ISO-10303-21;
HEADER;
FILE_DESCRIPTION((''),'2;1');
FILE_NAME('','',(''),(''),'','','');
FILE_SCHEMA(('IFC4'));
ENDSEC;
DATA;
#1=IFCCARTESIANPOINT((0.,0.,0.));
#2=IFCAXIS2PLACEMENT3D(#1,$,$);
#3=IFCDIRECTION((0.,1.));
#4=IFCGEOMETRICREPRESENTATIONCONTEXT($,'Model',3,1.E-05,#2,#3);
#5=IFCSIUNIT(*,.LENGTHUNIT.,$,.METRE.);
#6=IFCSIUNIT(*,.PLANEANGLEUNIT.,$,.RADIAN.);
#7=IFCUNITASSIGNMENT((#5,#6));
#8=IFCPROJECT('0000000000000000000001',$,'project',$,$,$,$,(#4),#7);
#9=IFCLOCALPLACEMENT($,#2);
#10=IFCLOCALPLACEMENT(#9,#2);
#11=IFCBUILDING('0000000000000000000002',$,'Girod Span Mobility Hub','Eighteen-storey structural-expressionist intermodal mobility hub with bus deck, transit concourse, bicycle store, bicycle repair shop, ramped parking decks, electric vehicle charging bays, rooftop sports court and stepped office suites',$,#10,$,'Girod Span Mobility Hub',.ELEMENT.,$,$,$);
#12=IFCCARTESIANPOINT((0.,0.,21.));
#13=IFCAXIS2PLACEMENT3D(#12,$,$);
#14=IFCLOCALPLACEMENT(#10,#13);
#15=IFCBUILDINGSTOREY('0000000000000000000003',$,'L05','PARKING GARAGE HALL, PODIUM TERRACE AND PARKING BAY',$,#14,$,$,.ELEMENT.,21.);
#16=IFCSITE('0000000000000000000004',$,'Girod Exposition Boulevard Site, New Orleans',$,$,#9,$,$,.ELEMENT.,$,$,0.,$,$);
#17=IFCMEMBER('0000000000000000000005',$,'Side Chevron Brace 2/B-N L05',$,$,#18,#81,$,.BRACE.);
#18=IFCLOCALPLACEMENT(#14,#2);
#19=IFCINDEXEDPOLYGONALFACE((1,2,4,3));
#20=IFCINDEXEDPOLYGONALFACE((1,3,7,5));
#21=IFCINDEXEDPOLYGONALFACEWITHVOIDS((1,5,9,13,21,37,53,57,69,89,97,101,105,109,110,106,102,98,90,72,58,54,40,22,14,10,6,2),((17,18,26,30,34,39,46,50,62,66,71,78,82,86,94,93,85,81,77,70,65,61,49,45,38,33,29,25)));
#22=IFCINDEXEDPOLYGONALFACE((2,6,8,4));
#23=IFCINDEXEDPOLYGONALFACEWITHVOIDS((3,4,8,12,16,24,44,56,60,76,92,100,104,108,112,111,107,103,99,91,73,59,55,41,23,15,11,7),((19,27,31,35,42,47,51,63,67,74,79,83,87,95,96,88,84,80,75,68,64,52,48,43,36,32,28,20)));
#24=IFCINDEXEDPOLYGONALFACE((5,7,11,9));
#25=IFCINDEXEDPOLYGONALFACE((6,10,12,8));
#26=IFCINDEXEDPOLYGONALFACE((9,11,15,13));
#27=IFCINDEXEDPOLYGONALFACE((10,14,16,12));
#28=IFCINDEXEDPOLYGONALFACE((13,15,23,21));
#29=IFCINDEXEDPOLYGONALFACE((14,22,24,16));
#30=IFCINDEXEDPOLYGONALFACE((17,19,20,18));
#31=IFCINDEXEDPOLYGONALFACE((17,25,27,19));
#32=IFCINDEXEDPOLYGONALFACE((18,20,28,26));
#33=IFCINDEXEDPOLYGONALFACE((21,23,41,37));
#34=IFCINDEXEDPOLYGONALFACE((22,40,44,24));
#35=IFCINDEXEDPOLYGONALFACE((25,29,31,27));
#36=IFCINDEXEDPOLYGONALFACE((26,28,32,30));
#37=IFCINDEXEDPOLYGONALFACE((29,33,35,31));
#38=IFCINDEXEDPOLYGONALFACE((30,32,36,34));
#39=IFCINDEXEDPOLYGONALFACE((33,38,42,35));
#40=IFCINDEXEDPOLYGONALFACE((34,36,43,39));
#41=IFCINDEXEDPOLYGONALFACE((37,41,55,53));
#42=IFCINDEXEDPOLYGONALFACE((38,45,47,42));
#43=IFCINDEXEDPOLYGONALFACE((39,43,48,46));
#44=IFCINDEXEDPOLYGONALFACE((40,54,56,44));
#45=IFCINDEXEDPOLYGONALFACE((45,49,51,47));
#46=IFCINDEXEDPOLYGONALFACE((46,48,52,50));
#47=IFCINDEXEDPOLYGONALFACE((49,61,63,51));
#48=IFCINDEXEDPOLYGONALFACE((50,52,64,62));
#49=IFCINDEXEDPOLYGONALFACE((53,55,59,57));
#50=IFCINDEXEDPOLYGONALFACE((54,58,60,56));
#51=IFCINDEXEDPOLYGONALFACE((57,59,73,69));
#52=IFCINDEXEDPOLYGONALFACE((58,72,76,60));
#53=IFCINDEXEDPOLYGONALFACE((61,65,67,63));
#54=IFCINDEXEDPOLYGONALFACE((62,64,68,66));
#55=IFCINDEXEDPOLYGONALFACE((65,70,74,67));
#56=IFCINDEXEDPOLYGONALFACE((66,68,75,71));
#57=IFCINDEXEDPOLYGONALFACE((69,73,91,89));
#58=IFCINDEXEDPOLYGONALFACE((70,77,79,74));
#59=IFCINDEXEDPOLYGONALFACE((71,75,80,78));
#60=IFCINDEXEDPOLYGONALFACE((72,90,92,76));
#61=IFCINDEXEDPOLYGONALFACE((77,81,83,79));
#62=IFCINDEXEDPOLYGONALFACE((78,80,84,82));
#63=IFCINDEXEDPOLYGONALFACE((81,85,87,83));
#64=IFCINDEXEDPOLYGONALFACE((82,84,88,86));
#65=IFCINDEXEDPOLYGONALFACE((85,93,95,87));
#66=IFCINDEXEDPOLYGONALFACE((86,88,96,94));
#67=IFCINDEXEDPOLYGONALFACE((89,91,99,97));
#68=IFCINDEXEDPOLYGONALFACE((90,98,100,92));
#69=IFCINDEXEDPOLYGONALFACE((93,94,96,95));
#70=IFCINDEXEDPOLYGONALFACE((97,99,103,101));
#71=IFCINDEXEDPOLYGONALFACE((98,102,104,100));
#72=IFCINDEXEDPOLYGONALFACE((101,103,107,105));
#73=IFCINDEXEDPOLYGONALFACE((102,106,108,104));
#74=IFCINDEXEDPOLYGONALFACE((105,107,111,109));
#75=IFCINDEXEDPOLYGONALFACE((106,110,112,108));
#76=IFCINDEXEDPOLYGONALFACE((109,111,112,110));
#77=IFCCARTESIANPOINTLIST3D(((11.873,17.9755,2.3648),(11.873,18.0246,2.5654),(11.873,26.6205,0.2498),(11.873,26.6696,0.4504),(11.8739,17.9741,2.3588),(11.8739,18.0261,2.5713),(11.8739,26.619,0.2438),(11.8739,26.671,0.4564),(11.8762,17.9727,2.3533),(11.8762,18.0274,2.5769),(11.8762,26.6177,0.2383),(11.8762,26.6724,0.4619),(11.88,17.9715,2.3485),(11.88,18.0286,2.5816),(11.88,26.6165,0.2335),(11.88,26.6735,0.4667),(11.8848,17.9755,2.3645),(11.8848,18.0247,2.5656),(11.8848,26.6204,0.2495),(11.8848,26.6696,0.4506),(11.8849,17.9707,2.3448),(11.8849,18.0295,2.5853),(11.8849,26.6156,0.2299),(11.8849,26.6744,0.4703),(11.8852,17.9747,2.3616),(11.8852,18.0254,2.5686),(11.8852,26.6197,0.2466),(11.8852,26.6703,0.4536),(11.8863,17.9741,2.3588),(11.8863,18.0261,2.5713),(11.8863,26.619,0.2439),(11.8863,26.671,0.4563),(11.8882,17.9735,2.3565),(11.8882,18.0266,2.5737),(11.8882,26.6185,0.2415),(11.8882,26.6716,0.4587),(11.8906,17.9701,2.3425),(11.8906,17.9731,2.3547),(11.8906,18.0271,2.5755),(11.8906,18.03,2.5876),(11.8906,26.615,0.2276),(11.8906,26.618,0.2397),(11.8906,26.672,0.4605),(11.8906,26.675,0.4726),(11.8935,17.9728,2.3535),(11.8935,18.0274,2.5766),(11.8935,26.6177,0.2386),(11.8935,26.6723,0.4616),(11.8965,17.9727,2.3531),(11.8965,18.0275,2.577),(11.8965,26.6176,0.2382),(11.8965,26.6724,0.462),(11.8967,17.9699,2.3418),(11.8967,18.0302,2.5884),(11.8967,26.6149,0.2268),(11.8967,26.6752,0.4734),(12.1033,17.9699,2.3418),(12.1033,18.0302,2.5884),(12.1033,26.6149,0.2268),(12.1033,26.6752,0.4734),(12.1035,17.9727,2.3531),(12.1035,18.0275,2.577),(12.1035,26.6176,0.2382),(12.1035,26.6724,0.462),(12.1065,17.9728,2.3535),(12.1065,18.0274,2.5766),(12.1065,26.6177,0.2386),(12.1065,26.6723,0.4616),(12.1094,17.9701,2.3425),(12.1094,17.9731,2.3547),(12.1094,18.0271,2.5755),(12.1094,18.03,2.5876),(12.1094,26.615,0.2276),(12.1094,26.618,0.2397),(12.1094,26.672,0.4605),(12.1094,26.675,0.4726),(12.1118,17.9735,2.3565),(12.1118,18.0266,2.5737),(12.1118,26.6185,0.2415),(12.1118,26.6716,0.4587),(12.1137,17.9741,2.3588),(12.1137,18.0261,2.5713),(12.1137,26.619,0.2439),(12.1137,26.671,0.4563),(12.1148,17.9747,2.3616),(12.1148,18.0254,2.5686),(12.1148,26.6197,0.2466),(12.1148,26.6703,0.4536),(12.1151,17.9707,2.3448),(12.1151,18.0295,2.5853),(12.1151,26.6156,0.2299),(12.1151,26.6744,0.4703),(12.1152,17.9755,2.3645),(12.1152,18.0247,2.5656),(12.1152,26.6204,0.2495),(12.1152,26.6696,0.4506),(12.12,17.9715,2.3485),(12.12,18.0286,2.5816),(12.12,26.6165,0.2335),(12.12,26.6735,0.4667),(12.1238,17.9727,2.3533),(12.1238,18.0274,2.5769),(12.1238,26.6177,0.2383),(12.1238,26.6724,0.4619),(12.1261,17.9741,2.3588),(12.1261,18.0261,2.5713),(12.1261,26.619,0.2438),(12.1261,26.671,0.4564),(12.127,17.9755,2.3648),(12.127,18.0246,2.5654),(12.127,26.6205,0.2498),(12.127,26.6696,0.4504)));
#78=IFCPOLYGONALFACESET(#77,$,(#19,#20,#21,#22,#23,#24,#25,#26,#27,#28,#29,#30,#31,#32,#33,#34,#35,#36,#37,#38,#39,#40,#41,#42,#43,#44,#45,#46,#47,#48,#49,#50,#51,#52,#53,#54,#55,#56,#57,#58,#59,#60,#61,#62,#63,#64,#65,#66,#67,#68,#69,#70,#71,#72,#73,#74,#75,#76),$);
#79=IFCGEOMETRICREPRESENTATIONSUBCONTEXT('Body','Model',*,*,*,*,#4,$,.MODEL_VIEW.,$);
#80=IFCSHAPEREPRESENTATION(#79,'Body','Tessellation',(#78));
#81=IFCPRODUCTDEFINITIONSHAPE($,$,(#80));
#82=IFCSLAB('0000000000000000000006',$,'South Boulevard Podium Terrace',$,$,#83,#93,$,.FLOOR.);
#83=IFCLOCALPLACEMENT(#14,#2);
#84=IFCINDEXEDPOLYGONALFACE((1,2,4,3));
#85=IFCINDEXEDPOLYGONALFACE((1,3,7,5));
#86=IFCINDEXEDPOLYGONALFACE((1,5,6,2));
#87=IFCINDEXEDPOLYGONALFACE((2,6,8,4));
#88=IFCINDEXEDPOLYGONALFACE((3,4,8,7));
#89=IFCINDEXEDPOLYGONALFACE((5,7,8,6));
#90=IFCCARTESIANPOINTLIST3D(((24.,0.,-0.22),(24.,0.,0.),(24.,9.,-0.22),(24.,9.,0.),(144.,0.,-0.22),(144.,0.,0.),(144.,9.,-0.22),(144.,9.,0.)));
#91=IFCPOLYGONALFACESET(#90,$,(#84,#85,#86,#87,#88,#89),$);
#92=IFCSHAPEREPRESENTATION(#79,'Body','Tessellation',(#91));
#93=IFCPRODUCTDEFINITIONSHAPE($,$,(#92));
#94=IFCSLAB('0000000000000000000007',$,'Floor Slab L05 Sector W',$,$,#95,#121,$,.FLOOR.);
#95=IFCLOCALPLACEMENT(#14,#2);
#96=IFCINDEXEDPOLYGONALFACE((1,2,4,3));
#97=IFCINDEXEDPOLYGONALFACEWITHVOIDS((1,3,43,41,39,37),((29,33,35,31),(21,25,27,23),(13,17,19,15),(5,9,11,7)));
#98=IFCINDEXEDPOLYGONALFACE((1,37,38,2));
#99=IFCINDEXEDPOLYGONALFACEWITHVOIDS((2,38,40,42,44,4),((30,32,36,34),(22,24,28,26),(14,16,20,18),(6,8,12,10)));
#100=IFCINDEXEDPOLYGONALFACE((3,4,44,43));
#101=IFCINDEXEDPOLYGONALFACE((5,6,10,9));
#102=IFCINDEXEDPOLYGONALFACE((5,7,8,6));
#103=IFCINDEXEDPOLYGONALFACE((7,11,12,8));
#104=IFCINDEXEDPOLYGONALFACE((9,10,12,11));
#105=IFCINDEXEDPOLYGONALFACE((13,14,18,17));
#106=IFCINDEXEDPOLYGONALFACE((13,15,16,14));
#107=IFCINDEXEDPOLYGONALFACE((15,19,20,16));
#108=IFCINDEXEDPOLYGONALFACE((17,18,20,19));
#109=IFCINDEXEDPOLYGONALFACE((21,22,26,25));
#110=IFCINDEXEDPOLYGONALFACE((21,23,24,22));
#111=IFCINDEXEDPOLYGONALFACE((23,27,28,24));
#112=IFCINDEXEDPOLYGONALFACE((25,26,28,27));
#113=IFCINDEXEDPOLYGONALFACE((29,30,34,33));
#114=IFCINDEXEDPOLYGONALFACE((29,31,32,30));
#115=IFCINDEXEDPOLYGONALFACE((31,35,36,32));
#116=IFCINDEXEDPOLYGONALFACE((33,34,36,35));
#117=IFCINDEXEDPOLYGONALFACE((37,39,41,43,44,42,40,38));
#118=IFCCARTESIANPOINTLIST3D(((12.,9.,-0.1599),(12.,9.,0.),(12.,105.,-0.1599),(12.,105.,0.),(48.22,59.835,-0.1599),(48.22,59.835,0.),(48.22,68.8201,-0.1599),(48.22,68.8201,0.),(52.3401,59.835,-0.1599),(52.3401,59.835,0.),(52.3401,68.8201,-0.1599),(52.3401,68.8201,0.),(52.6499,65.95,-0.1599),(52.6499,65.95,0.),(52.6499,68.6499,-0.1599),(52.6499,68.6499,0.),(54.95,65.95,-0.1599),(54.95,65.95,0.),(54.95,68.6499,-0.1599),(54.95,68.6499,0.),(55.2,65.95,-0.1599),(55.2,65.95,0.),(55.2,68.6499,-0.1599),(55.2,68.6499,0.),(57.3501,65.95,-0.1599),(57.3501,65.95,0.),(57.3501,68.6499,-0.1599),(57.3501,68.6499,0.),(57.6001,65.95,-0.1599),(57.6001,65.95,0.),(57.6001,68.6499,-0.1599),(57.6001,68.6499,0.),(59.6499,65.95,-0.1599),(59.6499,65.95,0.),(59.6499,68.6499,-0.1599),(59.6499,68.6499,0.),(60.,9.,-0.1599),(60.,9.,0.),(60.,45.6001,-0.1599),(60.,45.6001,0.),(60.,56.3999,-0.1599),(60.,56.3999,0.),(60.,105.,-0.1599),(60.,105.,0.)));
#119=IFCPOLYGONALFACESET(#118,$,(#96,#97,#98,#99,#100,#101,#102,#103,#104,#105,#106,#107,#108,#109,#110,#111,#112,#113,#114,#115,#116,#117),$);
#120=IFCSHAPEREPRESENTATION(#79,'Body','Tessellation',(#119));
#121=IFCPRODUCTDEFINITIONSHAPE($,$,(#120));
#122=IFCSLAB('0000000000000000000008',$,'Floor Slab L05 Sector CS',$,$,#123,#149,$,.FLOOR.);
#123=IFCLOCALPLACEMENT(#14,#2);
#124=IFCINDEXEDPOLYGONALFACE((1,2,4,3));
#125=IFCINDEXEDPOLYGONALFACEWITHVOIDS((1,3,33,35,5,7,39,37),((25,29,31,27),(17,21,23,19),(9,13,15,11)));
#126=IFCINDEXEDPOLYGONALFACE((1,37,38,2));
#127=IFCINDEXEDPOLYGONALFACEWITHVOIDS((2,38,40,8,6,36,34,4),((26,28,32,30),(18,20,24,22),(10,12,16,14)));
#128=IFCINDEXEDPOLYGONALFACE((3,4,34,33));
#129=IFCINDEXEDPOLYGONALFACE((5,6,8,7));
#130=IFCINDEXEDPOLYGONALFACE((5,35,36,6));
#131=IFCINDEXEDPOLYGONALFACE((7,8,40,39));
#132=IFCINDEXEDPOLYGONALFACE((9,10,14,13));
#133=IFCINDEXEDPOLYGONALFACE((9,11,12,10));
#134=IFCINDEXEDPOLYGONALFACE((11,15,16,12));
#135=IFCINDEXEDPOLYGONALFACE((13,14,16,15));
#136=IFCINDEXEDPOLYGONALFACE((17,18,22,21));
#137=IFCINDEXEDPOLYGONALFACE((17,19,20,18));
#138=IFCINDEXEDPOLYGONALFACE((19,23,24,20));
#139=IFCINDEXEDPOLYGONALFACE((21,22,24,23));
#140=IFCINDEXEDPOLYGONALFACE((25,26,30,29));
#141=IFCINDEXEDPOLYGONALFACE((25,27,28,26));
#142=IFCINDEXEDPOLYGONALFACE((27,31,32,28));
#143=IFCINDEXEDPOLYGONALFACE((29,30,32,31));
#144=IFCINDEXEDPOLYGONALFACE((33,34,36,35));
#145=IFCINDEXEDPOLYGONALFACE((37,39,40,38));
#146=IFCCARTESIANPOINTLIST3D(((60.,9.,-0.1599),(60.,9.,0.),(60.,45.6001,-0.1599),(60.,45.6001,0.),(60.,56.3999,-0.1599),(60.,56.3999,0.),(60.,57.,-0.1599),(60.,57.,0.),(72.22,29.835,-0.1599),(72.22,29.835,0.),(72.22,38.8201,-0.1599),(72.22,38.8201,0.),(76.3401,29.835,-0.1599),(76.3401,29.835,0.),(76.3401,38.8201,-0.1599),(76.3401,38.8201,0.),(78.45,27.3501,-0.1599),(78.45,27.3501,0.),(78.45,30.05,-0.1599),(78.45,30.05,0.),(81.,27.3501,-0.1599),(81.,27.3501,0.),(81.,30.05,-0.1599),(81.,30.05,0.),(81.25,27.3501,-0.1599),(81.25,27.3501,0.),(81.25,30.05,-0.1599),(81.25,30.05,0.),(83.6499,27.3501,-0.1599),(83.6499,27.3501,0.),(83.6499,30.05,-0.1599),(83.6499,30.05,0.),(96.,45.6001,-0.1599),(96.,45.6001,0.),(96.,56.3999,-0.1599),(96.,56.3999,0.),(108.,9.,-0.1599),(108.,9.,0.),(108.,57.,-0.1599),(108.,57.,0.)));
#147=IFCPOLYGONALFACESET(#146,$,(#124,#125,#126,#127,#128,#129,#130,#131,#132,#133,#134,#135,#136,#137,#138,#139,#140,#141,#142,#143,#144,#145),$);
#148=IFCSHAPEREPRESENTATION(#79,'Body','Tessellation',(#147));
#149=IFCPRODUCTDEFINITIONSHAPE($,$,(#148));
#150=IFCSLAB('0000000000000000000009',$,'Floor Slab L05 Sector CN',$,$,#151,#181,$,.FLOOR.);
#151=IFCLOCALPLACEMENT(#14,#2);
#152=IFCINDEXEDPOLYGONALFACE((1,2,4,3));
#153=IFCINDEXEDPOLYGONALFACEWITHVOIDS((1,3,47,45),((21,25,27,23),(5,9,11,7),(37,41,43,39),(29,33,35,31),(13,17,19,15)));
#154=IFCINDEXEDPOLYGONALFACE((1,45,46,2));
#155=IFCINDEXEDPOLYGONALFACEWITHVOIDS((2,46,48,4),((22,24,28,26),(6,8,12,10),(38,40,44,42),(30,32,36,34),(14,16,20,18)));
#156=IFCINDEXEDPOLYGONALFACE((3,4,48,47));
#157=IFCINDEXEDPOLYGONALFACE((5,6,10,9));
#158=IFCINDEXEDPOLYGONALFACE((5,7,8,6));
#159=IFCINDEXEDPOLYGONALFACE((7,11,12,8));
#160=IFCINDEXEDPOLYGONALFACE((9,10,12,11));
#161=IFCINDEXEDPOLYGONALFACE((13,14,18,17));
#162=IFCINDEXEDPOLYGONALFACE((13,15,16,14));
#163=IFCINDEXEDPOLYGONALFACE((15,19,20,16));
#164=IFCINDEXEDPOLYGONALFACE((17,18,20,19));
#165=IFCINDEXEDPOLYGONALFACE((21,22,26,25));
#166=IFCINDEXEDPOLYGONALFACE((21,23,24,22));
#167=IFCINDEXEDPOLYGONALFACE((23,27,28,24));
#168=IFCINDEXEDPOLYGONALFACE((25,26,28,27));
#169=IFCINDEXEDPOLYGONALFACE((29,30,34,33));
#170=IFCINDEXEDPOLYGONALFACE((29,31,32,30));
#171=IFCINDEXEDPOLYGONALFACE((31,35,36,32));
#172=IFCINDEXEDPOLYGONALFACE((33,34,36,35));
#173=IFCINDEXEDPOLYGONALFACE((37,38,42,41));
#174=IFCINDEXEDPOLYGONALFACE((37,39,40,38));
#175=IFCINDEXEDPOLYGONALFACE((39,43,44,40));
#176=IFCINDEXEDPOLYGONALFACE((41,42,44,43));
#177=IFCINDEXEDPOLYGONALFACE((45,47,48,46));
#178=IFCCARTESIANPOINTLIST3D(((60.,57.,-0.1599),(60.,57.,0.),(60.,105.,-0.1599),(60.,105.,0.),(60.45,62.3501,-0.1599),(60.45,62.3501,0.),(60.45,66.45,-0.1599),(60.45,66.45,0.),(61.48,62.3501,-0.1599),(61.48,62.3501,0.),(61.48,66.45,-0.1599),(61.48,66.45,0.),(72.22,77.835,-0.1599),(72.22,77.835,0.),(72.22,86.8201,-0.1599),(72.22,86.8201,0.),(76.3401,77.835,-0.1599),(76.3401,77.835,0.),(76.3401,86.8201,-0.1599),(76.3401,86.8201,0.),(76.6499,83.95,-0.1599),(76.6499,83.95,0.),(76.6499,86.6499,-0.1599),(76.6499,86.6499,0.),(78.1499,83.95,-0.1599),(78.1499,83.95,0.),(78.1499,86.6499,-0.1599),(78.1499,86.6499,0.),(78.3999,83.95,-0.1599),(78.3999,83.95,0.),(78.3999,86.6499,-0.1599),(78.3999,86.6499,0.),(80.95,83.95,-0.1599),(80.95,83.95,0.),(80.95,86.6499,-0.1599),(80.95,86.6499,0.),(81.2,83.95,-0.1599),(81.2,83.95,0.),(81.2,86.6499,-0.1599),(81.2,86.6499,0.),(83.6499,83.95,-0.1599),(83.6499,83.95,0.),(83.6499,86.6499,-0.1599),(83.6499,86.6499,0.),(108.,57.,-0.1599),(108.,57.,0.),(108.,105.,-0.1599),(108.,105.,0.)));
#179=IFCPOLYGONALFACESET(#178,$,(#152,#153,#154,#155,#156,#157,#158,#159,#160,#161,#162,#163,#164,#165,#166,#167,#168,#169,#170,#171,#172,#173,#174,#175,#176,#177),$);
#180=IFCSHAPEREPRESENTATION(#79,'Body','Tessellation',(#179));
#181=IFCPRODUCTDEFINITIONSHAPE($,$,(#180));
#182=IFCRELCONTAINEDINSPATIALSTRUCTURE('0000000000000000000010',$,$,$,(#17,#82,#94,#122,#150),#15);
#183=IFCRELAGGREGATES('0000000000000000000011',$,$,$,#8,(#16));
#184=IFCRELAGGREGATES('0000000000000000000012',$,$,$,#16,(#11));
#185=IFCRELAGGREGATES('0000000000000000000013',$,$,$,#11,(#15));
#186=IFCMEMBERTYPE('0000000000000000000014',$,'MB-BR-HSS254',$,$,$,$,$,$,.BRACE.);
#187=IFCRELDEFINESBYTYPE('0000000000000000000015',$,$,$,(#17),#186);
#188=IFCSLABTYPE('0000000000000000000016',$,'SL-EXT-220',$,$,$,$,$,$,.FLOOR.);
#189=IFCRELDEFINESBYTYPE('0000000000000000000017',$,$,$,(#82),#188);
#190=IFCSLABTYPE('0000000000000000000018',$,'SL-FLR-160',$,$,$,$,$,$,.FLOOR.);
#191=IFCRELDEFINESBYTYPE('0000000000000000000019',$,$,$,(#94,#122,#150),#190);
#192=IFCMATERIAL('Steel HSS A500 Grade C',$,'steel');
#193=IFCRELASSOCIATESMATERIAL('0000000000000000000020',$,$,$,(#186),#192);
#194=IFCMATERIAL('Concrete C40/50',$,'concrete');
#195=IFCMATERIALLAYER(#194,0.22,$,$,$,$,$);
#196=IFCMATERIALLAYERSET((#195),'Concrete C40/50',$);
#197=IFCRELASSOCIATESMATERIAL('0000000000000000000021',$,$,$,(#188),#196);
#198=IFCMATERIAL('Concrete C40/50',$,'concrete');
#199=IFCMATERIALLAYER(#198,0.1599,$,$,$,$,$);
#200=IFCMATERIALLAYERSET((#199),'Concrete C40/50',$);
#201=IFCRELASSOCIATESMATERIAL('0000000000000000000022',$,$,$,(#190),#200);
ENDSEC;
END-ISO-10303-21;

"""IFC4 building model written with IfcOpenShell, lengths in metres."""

from ifc_helpers import new_model, si_unit, direction, frame, origin, origin_2d, place, context, subcontext, project, spatial, polyline, hollow_rectangle, outline, extrude, material, layer, layer_set, material_profile, profile_set, type_object, element, save


model = new_model("IFC4")

# Units and contexts
model_context = context("Model", 3, precision=1e-05, world=origin(), true_north=direction((0.0, 1.0)))
body_context = subcontext(model_context, "Body", "Model", "MODEL_VIEW")
ifc_project = project(units=[si_unit("LENGTHUNIT", "METRE"), si_unit("PLANEANGLEUNIT", "RADIAN")], contexts=[model_context])

# Site, building, storey
site_placement = place(None, origin())
site = spatial("IfcSite", under=ifc_project, at=site_placement, Name="Girod Exposition Boulevard Site, New Orleans", CompositionType="ELEMENT", RefElevation=0.0)
building_placement = place(site_placement, origin())
building = spatial("IfcBuilding", under=site, at=building_placement, Name="Girod Span Mobility Hub", Description="Eighteen-storey structural-expressionist intermodal mobility hub with bus deck, transit concourse, bicycle store, bicycle repair shop, ramped parking decks, electric vehicle charging bays, rooftop sports court and stepped office suites", LongName="Girod Span Mobility Hub", CompositionType="ELEMENT")
storey_placement = place(building_placement, frame((0.0, 0.0, 21.0)))
storey = spatial("IfcBuildingStorey", under=building, at=storey_placement, Name="L05", Description="PARKING GARAGE HALL, PODIUM TERRACE AND PARKING BAY", CompositionType="ELEMENT", Elevation=21.0)

# Member
ifc_material_1 = material(Name="Steel HSS A500 Grade C", Category="steel")
ifc_material_profile_1 = material_profile(ifc_material_1, hollow_rectangle(XDim=0.2539, YDim=0.2539, WallThickness=0.0117, InnerFilletRadius=0.0117, OuterFilletRadius=0.0237, at=origin_2d()), Name="HSS254X254X12.7")
ifc_profile_set_1 = profile_set([ifc_material_profile_1], Name="Steel HSS A500 Grade C")
member_type = type_object("IfcMemberType", Name="MB-BR-HSS254", PredefinedType="BRACE", material=ifc_profile_set_1)
for number, where, z_axis, x_axis, name in (
    (1, (12.0, 26.645, 0.3501), (0.0, -0.971353, 0.23764), (1.0, 0.0, 0.0), "Side Chevron Brace 2/B-N L05"),
):
    element("IfcMember", number, at=place(storey_placement, frame(where, z_axis=z_axis, x_axis=x_axis)), inside=storey, type_object=member_type, Name=name, PredefinedType="BRACE", context=body_context, shape_type="SweptSolid", body=[
        extrude(hollow_rectangle(XDim=0.2539, YDim=0.2539, WallThickness=0.0117, InnerFilletRadius=0.0117, OuterFilletRadius=0.0237, at=origin_2d()), origin(), (0.0, 0.0, 1.0), 8.8999),
    ])

# Slabs
ifc_material_2 = material(Name="Concrete C40/50", Category="concrete")
ifc_layer_1 = layer(ifc_material_2, 0.22)
ifc_layer_set_1 = layer_set([ifc_layer_1], Name="Concrete C40/50")
slab_type_1 = type_object("IfcSlabType", Name="SL-EXT-220", PredefinedType="FLOOR", material=ifc_layer_set_1)
slab_1_placement = place(storey_placement, frame((0.0, 0.0, -0.22)))
element("IfcSlab", 2, at=slab_1_placement, inside=storey, type_object=slab_type_1, Name="South Boulevard Podium Terrace", PredefinedType="FLOOR", context=body_context, shape_type="SweptSolid", body=[
    extrude(outline(polyline([(144.0, 0.0), (144.0, 9.0), (24.0, 9.0), (24.0, 0.0), (144.0, 0.0)])), origin(), (0.0, 0.0, 1.0), 0.22),
])
ifc_material_3 = material(Name="Concrete C40/50", Category="concrete")
ifc_layer_2 = layer(ifc_material_3, 0.1599)
ifc_layer_set_2 = layer_set([ifc_layer_2], Name="Concrete C40/50")
slab_type_2 = type_object("IfcSlabType", Name="SL-FLR-160", PredefinedType="FLOOR", material=ifc_layer_set_2)
slab_2_placement = place(storey_placement, frame((0.0, 0.0, -0.1599)))
element("IfcSlab", 3, at=slab_2_placement, inside=storey, type_object=slab_type_2, Name="Floor Slab L05 Sector W", PredefinedType="FLOOR", context=body_context, shape_type="SweptSolid", body=[
    extrude(outline(polyline([(12.0, 105.0), (60.0, 105.0), (60.0, 56.3999), (60.0, 45.6001), (60.0, 9.0), (12.0, 9.0), (12.0, 105.0)]), holes=[polyline([(48.22, 68.8201), (48.22, 59.835), (52.3401, 59.835), (52.3401, 68.8201), (48.22, 68.8201)]), polyline([(52.6499, 68.6499), (52.6499, 65.95), (54.95, 65.95), (54.95, 68.6499), (52.6499, 68.6499)]), polyline([(55.2, 68.6499), (55.2, 65.95), (57.3501, 65.95), (57.3501, 68.6499), (55.2, 68.6499)]), polyline([(57.6001, 68.6499), (57.6001, 65.95), (59.6499, 65.95), (59.6499, 68.6499), (57.6001, 68.6499)])]), origin(), (0.0, 0.0, 1.0), 0.1599),
])
slab_3_placement = place(storey_placement, frame((0.0, 0.0, -0.1599)))
element("IfcSlab", 4, at=slab_3_placement, inside=storey, type_object=slab_type_2, Name="Floor Slab L05 Sector CS", PredefinedType="FLOOR", context=body_context, shape_type="SweptSolid", body=[
    extrude(outline(polyline([(60.0, 9.0), (60.0, 45.6001), (96.0, 45.6001), (96.0, 56.3999), (60.0, 56.3999), (60.0, 57.0), (108.0, 57.0), (108.0, 9.0), (60.0, 9.0)]), holes=[polyline([(72.22, 38.8201), (72.22, 29.835), (76.3401, 29.835), (76.3401, 38.8201), (72.22, 38.8201)]), polyline([(78.45, 30.05), (78.45, 27.3501), (81.0, 27.3501), (81.0, 30.05), (78.45, 30.05)]), polyline([(81.25, 30.05), (81.25, 27.3501), (83.6499, 27.3501), (83.6499, 30.05), (81.25, 30.05)])]), origin(), (0.0, 0.0, 1.0), 0.1599),
])
slab_4_placement = place(storey_placement, frame((0.0, 0.0, -0.1599)))
element("IfcSlab", 5, at=slab_4_placement, inside=storey, type_object=slab_type_2, Name="Floor Slab L05 Sector CN", PredefinedType="FLOOR", context=body_context, shape_type="SweptSolid", body=[
    extrude(outline(polyline([(108.0, 105.0), (108.0, 57.0), (60.0, 57.0), (60.0, 105.0), (108.0, 105.0)]), holes=[polyline([(60.45, 66.45), (60.45, 62.3501), (61.48, 62.3501), (61.48, 66.45), (60.45, 66.45)]), polyline([(72.22, 86.8201), (72.22, 77.835), (76.3401, 77.835), (76.3401, 86.8201), (72.22, 86.8201)]), polyline([(76.6499, 86.6499), (76.6499, 83.95), (78.1499, 83.95), (78.1499, 86.6499), (76.6499, 86.6499)]), polyline([(80.95, 86.6499), (78.3999, 86.6499), (78.3999, 83.95), (80.95, 83.95), (80.95, 86.6499)]), polyline([(83.6499, 86.6499), (81.2, 86.6499), (81.2, 83.95), (83.6499, 83.95), (83.6499, 86.6499)])]), origin(), (0.0, 0.0, 1.0), 0.1599),
])

save(model, "model.ifc")
